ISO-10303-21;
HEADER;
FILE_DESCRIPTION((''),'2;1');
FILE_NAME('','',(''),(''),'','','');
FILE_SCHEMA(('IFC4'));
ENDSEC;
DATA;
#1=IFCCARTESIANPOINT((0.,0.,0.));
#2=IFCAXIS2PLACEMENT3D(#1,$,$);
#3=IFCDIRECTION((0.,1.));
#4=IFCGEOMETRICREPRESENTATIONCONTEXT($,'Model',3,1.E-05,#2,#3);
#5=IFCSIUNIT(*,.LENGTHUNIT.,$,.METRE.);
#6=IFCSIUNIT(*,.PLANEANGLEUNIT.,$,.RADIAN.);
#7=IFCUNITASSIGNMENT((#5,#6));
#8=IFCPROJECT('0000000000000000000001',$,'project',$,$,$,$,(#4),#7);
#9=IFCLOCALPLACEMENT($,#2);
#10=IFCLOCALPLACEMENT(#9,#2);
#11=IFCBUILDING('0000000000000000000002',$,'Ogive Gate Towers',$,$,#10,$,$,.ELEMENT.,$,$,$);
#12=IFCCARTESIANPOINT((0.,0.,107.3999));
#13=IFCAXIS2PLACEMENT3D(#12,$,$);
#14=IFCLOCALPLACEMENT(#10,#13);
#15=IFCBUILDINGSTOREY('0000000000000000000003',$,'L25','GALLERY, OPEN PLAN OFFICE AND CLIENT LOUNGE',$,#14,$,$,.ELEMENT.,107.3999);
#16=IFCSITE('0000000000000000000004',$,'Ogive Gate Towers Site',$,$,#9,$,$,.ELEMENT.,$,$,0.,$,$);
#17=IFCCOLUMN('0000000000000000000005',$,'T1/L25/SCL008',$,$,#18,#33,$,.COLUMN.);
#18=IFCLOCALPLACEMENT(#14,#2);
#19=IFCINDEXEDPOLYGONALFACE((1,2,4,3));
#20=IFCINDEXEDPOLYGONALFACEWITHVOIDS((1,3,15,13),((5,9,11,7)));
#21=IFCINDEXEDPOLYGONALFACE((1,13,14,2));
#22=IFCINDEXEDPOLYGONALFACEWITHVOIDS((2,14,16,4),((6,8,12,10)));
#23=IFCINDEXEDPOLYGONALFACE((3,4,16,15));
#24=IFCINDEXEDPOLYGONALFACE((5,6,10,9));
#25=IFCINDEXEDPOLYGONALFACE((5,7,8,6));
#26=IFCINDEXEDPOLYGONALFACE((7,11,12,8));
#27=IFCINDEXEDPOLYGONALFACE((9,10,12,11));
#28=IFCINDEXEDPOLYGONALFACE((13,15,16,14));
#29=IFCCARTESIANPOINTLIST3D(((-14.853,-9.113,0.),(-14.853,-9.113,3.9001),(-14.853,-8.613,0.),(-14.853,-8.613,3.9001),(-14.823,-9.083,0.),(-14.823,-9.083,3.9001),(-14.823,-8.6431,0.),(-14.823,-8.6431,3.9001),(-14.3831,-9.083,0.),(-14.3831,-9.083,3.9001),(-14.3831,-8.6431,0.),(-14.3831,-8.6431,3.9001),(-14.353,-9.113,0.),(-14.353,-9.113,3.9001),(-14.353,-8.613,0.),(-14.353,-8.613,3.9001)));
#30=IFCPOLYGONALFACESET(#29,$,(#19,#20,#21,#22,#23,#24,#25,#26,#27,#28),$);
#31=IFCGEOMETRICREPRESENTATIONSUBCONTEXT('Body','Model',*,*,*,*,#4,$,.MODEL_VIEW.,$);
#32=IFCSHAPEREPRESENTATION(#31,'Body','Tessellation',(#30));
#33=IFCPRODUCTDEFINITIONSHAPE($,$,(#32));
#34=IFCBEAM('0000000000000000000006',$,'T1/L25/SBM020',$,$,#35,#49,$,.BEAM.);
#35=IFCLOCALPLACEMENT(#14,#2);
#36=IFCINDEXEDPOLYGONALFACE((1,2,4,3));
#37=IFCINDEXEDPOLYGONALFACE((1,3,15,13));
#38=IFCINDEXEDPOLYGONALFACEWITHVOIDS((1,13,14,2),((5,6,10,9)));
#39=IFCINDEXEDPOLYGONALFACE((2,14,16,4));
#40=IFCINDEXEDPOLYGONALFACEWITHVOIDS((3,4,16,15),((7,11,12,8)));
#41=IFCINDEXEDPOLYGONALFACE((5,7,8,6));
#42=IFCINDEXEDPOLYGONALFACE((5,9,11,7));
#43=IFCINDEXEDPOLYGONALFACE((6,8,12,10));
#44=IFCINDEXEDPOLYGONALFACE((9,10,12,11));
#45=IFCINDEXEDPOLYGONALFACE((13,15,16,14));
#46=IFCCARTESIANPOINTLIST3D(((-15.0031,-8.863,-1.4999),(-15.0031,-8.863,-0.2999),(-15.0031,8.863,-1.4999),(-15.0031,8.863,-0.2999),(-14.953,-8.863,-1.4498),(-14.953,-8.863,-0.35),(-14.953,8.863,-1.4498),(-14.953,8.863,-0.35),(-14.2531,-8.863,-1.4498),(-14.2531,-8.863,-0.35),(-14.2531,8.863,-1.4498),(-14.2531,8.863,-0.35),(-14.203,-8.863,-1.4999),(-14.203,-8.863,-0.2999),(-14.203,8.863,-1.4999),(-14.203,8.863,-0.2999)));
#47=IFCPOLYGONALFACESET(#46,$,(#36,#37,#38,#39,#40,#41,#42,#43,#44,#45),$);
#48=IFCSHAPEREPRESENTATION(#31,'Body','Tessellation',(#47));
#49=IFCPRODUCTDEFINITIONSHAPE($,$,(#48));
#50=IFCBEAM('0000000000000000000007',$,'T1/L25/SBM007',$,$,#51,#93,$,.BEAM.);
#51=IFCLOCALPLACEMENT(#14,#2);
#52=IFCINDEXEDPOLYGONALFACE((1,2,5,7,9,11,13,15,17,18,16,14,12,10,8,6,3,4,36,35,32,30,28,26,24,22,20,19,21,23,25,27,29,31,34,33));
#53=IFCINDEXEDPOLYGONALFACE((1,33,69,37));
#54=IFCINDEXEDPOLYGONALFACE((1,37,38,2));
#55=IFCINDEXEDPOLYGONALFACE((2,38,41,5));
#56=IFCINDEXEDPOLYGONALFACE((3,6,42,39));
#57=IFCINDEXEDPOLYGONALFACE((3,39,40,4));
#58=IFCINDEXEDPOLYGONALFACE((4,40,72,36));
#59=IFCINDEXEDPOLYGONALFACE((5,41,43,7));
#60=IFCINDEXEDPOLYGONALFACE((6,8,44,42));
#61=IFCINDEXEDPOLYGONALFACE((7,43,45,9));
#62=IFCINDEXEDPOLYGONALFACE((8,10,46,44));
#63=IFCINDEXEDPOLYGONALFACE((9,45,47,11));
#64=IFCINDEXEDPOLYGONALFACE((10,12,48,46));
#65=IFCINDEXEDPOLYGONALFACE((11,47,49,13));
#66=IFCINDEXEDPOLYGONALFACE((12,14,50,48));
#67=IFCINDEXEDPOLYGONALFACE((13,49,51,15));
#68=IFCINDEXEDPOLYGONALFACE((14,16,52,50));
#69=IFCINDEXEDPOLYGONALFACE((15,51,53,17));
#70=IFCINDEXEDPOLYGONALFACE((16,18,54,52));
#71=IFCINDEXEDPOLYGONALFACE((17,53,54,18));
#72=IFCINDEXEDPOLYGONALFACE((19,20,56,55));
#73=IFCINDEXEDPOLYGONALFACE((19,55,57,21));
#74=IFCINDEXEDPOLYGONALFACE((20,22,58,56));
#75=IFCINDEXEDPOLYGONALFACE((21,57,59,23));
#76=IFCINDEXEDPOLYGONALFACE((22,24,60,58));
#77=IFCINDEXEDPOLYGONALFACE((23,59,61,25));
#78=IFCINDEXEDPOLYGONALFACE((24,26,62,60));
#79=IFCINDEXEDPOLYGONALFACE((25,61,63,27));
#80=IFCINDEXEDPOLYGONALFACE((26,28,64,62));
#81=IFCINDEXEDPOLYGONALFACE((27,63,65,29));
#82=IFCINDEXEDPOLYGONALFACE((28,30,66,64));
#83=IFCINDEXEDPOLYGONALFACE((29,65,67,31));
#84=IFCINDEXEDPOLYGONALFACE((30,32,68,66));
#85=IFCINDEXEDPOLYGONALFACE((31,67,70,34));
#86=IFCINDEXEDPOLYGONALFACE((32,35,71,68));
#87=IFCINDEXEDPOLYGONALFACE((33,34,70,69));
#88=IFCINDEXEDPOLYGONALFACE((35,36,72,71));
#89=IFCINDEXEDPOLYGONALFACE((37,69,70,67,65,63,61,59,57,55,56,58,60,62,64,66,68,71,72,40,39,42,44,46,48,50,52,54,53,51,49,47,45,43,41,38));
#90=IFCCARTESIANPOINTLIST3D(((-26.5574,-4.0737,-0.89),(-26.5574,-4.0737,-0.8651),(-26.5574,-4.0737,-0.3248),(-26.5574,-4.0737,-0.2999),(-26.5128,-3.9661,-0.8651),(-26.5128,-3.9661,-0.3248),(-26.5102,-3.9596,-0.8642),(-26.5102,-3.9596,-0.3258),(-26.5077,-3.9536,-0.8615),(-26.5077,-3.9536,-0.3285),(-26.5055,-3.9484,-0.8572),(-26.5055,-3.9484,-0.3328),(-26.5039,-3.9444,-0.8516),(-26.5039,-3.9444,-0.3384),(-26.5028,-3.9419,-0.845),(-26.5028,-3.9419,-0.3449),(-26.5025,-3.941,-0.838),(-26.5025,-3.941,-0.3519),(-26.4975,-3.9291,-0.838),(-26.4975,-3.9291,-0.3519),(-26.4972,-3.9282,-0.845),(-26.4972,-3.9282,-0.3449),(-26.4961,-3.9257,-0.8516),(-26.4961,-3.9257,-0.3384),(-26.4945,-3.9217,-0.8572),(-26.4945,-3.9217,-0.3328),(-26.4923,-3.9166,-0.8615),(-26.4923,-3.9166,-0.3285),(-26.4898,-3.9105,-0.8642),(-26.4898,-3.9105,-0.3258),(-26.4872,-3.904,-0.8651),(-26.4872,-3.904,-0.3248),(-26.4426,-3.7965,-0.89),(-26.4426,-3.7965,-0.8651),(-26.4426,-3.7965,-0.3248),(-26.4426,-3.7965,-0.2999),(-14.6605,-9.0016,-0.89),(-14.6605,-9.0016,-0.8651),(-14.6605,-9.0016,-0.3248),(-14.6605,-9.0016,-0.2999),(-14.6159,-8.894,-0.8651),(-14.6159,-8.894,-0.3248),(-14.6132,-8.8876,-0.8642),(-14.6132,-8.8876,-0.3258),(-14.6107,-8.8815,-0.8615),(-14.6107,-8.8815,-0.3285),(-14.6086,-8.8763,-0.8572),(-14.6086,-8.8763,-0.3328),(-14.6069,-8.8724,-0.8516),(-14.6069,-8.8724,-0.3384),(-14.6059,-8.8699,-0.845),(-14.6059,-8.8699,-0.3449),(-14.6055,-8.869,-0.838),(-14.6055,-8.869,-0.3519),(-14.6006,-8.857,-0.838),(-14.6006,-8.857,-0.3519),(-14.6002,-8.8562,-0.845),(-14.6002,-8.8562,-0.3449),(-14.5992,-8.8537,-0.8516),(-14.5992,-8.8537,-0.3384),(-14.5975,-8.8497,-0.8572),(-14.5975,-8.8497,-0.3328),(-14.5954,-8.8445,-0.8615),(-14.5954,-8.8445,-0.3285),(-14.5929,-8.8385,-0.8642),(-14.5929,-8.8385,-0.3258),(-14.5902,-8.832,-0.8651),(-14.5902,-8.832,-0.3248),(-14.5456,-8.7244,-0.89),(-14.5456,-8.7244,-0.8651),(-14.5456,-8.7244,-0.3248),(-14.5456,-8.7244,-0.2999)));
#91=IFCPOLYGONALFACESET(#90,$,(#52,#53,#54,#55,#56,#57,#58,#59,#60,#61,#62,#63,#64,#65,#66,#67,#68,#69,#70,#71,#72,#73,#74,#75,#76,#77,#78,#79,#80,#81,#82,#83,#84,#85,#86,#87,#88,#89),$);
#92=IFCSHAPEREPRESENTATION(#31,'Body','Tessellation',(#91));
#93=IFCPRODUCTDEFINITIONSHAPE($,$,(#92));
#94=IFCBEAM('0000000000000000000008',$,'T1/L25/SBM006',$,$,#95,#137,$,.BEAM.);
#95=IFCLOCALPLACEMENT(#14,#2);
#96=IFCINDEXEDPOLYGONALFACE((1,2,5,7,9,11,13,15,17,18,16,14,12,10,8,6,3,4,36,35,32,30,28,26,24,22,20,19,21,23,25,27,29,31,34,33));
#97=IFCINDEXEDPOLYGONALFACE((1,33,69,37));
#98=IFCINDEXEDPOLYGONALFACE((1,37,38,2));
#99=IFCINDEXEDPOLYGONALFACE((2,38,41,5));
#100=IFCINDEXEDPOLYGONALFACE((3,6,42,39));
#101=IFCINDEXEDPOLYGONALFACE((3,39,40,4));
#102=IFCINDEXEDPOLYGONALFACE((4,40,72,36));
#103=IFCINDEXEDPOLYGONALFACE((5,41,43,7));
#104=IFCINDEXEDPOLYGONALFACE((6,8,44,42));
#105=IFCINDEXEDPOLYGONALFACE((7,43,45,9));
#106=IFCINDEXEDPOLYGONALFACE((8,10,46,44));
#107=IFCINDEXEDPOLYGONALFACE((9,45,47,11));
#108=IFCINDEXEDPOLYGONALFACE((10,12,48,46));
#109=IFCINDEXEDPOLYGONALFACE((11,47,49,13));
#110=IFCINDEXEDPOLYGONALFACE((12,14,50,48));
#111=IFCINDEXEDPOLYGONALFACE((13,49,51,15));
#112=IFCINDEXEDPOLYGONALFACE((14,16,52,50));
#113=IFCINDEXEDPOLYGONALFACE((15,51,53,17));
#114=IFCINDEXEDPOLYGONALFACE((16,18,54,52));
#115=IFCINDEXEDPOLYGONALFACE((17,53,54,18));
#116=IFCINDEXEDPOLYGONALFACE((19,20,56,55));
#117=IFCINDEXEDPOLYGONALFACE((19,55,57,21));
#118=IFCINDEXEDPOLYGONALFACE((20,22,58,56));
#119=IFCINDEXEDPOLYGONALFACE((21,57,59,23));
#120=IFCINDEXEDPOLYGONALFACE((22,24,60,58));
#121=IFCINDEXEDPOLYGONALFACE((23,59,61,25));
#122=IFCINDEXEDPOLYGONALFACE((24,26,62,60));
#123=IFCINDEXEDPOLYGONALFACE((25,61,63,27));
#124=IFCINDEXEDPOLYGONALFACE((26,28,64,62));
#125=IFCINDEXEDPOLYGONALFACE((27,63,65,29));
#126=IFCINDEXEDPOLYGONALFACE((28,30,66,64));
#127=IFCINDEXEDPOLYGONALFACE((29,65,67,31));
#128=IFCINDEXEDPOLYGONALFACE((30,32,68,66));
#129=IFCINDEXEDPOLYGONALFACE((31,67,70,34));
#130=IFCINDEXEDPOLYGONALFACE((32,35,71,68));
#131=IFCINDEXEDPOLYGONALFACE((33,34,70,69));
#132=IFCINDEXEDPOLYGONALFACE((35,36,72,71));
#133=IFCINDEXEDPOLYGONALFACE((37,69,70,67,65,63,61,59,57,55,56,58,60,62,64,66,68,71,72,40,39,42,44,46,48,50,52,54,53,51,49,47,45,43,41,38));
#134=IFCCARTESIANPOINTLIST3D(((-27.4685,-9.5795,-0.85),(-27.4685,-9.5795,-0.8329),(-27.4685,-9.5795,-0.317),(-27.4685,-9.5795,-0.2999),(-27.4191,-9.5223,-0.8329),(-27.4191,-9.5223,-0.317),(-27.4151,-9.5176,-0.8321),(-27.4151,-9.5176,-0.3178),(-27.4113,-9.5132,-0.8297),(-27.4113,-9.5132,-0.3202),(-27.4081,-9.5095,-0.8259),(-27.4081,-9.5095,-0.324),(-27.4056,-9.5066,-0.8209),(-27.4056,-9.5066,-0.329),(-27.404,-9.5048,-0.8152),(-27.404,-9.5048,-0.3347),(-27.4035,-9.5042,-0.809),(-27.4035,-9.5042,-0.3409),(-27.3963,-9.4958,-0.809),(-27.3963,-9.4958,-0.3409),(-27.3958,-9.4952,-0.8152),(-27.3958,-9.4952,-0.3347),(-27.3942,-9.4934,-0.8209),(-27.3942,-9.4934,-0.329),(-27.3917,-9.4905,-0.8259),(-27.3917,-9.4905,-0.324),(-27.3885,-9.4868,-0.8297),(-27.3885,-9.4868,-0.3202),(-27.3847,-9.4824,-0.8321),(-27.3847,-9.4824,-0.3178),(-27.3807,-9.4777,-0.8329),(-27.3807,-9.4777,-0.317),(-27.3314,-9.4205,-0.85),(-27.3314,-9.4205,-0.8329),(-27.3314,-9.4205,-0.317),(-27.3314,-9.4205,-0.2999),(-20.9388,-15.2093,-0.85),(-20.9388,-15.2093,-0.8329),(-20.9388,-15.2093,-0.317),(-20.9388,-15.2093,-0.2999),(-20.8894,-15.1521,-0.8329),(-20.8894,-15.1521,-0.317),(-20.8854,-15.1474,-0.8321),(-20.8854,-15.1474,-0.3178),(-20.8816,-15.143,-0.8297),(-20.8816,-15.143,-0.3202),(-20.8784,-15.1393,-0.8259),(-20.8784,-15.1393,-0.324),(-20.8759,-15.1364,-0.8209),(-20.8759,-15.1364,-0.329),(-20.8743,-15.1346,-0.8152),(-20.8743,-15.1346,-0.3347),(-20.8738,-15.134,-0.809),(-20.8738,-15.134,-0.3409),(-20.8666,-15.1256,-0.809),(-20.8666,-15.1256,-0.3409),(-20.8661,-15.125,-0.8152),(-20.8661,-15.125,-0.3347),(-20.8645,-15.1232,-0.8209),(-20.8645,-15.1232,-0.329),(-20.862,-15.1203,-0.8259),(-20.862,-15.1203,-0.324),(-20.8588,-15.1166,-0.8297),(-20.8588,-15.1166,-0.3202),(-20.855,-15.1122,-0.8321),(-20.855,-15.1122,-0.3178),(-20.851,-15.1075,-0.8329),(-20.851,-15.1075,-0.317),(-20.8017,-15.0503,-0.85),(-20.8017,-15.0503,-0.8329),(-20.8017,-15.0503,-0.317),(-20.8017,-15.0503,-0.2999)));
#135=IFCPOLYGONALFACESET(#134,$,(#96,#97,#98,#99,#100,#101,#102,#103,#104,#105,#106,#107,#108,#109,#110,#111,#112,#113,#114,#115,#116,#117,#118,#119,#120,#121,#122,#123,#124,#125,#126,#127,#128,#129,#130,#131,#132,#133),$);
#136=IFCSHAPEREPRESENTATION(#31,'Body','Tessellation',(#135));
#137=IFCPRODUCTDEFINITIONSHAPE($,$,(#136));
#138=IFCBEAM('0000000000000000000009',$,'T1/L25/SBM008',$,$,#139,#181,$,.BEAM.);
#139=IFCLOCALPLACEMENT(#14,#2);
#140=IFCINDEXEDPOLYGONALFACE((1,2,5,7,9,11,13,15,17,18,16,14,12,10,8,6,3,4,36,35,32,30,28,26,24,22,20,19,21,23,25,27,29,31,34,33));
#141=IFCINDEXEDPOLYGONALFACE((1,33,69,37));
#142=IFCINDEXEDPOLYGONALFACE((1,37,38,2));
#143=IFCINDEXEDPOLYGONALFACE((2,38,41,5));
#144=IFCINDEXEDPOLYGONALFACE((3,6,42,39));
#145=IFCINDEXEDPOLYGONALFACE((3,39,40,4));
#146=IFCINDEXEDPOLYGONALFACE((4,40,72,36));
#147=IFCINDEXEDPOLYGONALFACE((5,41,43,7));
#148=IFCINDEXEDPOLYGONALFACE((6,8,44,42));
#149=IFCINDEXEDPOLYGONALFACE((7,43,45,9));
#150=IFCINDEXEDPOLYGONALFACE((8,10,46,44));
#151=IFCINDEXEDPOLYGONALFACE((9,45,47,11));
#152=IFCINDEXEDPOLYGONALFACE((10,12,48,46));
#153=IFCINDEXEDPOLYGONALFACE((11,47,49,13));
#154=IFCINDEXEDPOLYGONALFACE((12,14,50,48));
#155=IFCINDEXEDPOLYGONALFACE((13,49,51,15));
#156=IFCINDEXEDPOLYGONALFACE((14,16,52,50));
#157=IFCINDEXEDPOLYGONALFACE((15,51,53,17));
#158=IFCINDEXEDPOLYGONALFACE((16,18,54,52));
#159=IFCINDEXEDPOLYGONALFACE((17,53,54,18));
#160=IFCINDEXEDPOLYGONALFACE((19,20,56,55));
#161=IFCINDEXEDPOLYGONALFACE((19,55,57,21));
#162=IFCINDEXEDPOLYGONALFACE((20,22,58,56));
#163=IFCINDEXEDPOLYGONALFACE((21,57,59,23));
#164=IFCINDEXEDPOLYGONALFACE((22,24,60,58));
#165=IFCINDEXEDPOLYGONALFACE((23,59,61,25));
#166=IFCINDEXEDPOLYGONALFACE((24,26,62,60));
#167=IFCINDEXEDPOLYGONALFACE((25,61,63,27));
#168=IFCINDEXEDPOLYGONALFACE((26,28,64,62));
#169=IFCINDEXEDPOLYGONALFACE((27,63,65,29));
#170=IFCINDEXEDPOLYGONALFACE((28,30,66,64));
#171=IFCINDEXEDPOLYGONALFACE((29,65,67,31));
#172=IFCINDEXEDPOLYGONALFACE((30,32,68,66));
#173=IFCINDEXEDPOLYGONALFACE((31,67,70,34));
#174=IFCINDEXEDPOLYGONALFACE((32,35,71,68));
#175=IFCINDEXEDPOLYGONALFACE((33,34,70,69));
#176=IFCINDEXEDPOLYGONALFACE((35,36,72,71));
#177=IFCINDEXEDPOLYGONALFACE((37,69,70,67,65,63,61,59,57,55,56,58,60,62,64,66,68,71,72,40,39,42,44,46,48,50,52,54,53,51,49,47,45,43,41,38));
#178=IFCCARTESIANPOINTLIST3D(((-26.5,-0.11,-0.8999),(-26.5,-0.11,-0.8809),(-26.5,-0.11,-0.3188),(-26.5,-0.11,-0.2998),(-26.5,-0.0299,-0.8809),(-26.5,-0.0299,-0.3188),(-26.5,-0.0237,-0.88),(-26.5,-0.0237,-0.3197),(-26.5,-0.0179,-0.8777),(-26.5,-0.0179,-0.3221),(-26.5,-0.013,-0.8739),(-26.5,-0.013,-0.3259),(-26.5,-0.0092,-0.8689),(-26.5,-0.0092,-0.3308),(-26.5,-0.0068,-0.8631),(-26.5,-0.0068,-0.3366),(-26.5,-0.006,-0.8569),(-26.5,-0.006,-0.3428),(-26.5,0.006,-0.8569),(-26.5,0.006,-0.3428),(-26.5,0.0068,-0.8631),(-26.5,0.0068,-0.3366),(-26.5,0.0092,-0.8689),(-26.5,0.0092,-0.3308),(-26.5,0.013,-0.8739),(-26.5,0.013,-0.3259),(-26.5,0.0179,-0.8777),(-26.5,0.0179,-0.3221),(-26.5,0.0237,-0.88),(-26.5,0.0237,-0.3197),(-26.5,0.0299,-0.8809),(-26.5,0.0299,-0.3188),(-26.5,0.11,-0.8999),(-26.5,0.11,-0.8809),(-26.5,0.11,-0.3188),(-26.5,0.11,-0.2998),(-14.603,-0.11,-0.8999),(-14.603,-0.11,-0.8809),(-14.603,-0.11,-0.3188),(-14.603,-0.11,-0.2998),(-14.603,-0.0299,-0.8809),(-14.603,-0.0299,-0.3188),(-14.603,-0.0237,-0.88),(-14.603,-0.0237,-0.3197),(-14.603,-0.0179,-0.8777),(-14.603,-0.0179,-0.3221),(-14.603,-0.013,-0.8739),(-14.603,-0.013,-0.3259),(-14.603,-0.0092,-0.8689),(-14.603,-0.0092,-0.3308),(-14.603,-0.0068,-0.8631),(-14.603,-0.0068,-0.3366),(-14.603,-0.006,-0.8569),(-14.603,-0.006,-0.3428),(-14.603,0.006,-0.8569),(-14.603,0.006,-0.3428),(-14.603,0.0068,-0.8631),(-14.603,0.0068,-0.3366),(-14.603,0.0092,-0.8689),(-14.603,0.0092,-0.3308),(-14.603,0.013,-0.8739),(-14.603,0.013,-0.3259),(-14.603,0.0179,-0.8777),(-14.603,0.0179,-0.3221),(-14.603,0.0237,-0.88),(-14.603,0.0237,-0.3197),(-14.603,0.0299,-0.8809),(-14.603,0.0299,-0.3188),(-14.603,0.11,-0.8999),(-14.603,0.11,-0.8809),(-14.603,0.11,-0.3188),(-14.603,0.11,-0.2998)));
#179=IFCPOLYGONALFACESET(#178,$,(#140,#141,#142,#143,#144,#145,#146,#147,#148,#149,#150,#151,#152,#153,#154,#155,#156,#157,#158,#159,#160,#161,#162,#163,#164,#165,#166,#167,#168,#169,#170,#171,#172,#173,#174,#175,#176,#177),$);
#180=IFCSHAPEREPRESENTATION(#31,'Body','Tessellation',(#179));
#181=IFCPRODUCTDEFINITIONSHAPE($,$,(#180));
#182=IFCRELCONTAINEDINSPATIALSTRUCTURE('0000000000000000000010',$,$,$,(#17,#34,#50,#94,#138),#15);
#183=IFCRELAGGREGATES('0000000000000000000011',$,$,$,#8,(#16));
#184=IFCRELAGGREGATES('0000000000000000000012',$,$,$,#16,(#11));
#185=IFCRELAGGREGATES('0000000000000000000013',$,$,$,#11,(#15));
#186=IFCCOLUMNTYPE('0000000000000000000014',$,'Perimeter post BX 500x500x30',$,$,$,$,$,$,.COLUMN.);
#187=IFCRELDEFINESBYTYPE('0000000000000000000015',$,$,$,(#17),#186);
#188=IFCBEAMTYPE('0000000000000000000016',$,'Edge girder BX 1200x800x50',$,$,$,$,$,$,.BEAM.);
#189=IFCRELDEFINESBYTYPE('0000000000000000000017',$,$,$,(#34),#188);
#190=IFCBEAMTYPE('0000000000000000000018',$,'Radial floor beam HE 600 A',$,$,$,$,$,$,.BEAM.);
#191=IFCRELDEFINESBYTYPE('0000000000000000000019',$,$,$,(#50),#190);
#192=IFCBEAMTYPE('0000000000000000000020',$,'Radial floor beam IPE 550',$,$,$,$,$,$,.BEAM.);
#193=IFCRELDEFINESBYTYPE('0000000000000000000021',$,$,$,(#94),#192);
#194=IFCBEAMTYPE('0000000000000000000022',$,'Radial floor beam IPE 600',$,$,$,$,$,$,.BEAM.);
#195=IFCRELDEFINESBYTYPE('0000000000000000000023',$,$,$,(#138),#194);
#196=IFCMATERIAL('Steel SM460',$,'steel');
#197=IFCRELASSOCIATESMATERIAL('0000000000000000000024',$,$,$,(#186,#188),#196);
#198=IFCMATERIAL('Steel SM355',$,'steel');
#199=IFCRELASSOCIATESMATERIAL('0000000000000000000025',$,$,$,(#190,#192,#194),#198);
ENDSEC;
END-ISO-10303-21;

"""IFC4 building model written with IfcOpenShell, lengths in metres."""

from ifc_helpers import new_model, si_unit, direction, frame, origin, origin_2d, place, context, subcontext, project, spatial, hollow_rectangle, i_section, extrude, material, material_profile, profile_set, type_object, element, save


model = new_model("IFC4")

# Units and contexts
model_context = context("Model", 3, precision=1e-05, world=origin(), true_north=direction((0.0, 1.0)))
body_context = subcontext(model_context, "Body", "Model", "MODEL_VIEW")
ifc_project = project(units=[si_unit("LENGTHUNIT", "METRE"), si_unit("PLANEANGLEUNIT", "RADIAN")], contexts=[model_context])

# Site, building, storey
site_placement = place(None, origin())
site = spatial("IfcSite", under=ifc_project, at=site_placement, Name="Ogive Gate Towers Site", CompositionType="ELEMENT", RefElevation=0.0)
building_placement = place(site_placement, origin())
building = spatial("IfcBuilding", under=site, at=building_placement, Name="Ogive Gate Towers", CompositionType="ELEMENT")
storey_placement = place(building_placement, frame((0.0, 0.0, 107.3999)))
storey = spatial("IfcBuildingStorey", under=building, at=storey_placement, Name="L25", Description="GALLERY, OPEN PLAN OFFICE AND CLIENT LOUNGE", CompositionType="ELEMENT", Elevation=107.3999)

# Column
ifc_material_1 = material(Name="Steel SM460", Category="steel")
ifc_material_profile_1 = material_profile(ifc_material_1, hollow_rectangle(XDim=0.5, YDim=0.5, WallThickness=0.03, at=origin_2d()), Name="BX 500x500x30")
ifc_profile_set_1 = profile_set([ifc_material_profile_1], Name="Steel SM460")
column_type = type_object("IfcColumnType", Name="Perimeter post BX 500x500x30", PredefinedType="COLUMN", material=ifc_profile_set_1)
column_placement = place(storey_placement, frame((-14.603, -8.863, 0.0), z_axis=(0.0, 0.0, 1.0), x_axis=(1.0, 0.0, 0.0)))
element("IfcColumn", 1, at=column_placement, inside=storey, type_object=column_type, Name="T1/L25/SCL008", PredefinedType="COLUMN", context=body_context, shape_type="SweptSolid", body=[
    extrude(hollow_rectangle(XDim=0.5, YDim=0.5, WallThickness=0.03, at=origin_2d()), origin(), (0.0, 0.0, 1.0), 3.9001),
])

# Beams
ifc_material_profile_2 = material_profile(ifc_material_1, hollow_rectangle(XDim=0.8, YDim=1.2, WallThickness=0.05, at=origin_2d()), Name="BX 1200x800x50")
ifc_profile_set_2 = profile_set([ifc_material_profile_2], Name="Steel SM460")
beam_type_1 = type_object("IfcBeamType", Name="Edge girder BX 1200x800x50", PredefinedType="BEAM", material=ifc_profile_set_2)
beam_1_placement = place(storey_placement, frame((-14.603, -8.863, -0.8999), z_axis=(0.0, 1.0, 0.0), x_axis=(-1.0, 0.0, 0.0)))
element("IfcBeam", 2, at=beam_1_placement, inside=storey, type_object=beam_type_1, Name="T1/L25/SBM020", PredefinedType="BEAM", context=body_context, shape_type="SweptSolid", body=[
    extrude(hollow_rectangle(XDim=0.8, YDim=1.2, WallThickness=0.05, at=origin_2d()), origin(), (0.0, 0.0, 1.0), 17.7261),
])
ifc_material_2 = material(Name="Steel SM355", Category="steel")
ifc_material_profile_3 = material_profile(ifc_material_2, i_section(OverallWidth=0.3, OverallDepth=0.5901, WebThickness=0.0129, FlangeThickness=0.0249, FilletRadius=0.0271, at=origin_2d()), Name="HE 600 A")
ifc_profile_set_3 = profile_set([ifc_material_profile_3], Name="Steel SM355")
beam_type_2 = type_object("IfcBeamType", Name="Radial floor beam HE 600 A", PredefinedType="BEAM", material=ifc_profile_set_3)
beam_2_placement = place(storey_placement, frame((-26.5, -3.9351, -0.595), z_axis=(0.923877, -0.382689, 0.0), x_axis=(0.382689, 0.923877, 0.0)))
element("IfcBeam", 3, at=beam_2_placement, inside=storey, type_object=beam_type_2, Name="T1/L25/SBM007", PredefinedType="BEAM", context=body_context, shape_type="SweptSolid", body=[
    extrude(i_section(OverallWidth=0.3, OverallDepth=0.5901, WebThickness=0.0129, FlangeThickness=0.0249, FilletRadius=0.0271, at=origin_2d()), origin(), (0.0, 0.0, 1.0), 12.8772),
])
ifc_material_profile_4 = material_profile(ifc_material_2, i_section(OverallWidth=0.21, OverallDepth=0.55, WebThickness=0.011, FlangeThickness=0.0171, FilletRadius=0.0239, at=origin_2d()), Name="IPE 550")
ifc_profile_set_4 = profile_set([ifc_material_profile_4], Name="Steel SM355")
beam_type_3 = type_object("IfcBeamType", Name="Radial floor beam IPE 550", PredefinedType="BEAM", material=ifc_profile_set_4)
beam_3_placement = place(storey_placement, frame((-27.3999, -9.5, -0.575), z_axis=(0.757366, -0.65299, 0.0), x_axis=(0.65299, 0.757366, 0.0)))
element("IfcBeam", 4, at=beam_3_placement, inside=storey, type_object=beam_type_3, Name="T1/L25/SBM006", PredefinedType="BEAM", context=body_context, shape_type="SweptSolid", body=[
    extrude(i_section(OverallWidth=0.21, OverallDepth=0.55, WebThickness=0.011, FlangeThickness=0.0171, FilletRadius=0.0239, at=origin_2d()), origin(), (0.0, 0.0, 1.0), 8.6216),
])
ifc_material_profile_5 = material_profile(ifc_material_2, i_section(OverallWidth=0.22, OverallDepth=0.6001, WebThickness=0.012, FlangeThickness=0.019, FilletRadius=0.0239, at=origin_2d()), Name="IPE 600")
ifc_profile_set_5 = profile_set([ifc_material_profile_5], Name="Steel SM355")
beam_type_4 = type_object("IfcBeamType", Name="Radial floor beam IPE 600", PredefinedType="BEAM", material=ifc_profile_set_5)
beam_4_placement = place(storey_placement, frame((-26.5, 0.0, -0.5999), z_axis=(1.0, 0.0, 0.0), x_axis=(0.0, 1.0, 0.0)))
element("IfcBeam", 5, at=beam_4_placement, inside=storey, type_object=beam_type_4, Name="T1/L25/SBM008", PredefinedType="BEAM", context=body_context, shape_type="SweptSolid", body=[
    extrude(i_section(OverallWidth=0.22, OverallDepth=0.6001, WebThickness=0.012, FlangeThickness=0.019, FilletRadius=0.0239, at=origin_2d()), origin(), (0.0, 0.0, 1.0), 11.897),
])

save(model, "model.ifc")
